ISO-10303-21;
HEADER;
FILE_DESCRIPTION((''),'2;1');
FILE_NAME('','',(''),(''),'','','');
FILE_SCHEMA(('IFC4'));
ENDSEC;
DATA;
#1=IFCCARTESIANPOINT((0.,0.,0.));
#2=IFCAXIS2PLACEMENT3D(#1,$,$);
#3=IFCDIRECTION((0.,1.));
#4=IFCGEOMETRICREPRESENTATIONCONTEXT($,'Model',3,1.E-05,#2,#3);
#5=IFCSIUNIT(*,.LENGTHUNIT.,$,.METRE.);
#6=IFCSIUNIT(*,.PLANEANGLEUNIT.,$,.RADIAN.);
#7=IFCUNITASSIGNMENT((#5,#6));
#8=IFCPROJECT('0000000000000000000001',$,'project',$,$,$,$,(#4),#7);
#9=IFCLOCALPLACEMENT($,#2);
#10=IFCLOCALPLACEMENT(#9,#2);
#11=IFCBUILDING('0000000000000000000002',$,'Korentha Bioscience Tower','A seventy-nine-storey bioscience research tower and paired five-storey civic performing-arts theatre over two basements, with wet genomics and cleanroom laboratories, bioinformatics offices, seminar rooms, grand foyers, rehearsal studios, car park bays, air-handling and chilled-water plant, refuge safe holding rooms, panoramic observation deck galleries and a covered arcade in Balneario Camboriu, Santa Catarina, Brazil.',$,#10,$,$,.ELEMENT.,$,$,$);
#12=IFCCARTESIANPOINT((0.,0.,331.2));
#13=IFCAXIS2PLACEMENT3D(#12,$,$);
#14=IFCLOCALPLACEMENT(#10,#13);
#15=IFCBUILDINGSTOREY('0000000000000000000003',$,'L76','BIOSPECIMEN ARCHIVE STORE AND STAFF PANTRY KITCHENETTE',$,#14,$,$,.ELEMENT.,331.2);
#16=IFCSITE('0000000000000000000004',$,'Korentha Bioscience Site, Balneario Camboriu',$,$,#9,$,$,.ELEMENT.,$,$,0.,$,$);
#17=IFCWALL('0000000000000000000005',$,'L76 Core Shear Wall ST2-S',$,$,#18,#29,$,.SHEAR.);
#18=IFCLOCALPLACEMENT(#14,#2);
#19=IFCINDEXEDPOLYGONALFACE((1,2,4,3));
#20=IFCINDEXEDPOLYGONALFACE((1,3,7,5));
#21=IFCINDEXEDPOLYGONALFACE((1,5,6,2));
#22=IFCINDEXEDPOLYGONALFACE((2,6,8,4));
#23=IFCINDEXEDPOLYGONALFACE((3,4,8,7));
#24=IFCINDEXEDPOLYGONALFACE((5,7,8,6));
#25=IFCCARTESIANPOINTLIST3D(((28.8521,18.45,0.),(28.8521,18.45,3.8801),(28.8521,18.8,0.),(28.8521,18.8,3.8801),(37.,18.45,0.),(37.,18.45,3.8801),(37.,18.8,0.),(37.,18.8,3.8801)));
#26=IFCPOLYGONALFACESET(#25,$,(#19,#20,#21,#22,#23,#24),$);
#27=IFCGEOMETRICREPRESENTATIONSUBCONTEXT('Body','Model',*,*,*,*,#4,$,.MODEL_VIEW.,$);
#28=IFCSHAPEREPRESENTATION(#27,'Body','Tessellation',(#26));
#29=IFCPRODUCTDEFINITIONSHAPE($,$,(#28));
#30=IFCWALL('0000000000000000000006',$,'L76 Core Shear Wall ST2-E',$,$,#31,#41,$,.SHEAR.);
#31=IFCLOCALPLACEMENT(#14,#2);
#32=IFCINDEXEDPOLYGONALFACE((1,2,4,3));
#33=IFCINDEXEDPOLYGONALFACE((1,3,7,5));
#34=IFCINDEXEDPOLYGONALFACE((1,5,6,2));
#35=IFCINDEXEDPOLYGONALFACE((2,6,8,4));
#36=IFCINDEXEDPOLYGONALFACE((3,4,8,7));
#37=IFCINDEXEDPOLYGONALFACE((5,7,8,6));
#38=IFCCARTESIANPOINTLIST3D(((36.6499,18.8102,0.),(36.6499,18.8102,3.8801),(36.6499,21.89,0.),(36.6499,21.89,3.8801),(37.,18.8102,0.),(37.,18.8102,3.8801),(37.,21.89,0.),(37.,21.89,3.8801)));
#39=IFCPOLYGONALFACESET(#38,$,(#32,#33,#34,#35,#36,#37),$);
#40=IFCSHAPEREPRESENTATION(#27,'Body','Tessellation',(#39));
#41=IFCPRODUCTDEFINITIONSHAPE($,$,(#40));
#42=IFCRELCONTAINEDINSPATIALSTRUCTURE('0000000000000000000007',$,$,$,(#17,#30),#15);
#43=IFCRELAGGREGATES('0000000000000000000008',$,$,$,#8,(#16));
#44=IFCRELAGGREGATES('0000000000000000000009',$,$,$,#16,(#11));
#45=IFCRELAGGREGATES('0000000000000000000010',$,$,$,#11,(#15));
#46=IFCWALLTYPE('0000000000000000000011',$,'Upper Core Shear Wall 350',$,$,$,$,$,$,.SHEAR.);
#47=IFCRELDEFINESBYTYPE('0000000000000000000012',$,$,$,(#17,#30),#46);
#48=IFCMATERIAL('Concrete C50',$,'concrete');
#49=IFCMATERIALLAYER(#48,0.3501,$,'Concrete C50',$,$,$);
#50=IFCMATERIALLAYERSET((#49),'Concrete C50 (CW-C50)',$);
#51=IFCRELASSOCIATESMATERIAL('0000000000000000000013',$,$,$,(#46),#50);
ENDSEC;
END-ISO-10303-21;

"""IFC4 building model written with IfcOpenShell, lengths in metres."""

from ifc_helpers import new_model, si_unit, direction, frame, frame_2d, origin, place, context, subcontext, project, spatial, rectangle, extrude, material, layer, layer_set, type_object, element, save


model = new_model("IFC4")

# Units and contexts
model_context = context("Model", 3, precision=1e-05, world=origin(), true_north=direction((0.0, 1.0)))
body_context = subcontext(model_context, "Body", "Model", "MODEL_VIEW")
ifc_project = project(units=[si_unit("LENGTHUNIT", "METRE"), si_unit("PLANEANGLEUNIT", "RADIAN")], contexts=[model_context])

# Site, building, storey
site_placement = place(None, origin())
site = spatial("IfcSite", under=ifc_project, at=site_placement, Name="Korentha Bioscience Site, Balneario Camboriu", CompositionType="ELEMENT", RefElevation=0.0)
building_placement = place(site_placement, origin())
building = spatial("IfcBuilding", under=site, at=building_placement, Name="Korentha Bioscience Tower", Description="A seventy-nine-storey bioscience research tower and paired five-storey civic performing-arts theatre over two basements, with wet genomics and cleanroom laboratories, bioinformatics offices, seminar rooms, grand foyers, rehearsal studios, car park bays, air-handling and chilled-water plant, refuge safe holding rooms, panoramic observation deck galleries and a covered arcade in Balneario Camboriu, Santa Catarina, Brazil.", CompositionType="ELEMENT")
storey_placement = place(building_placement, frame((0.0, 0.0, 331.2)))
storey = spatial("IfcBuildingStorey", under=building, at=storey_placement, Name="L76", Description="BIOSPECIMEN ARCHIVE STORE AND STAFF PANTRY KITCHENETTE", CompositionType="ELEMENT", Elevation=331.2)

# Shared definitions
ifc_material_1 = material(Name="Concrete C50", Category="concrete")

# Walls
ifc_layer_1 = layer(ifc_material_1, 0.3501, Name="Concrete C50")
ifc_layer_set_1 = layer_set([ifc_layer_1], Name="Concrete C50 (CW-C50)")
wall_type_1 = type_object("IfcWallType", Name="Upper Core Shear Wall 350", PredefinedType="SHEAR", material=ifc_layer_set_1)
wall_1_placement = place(storey_placement, frame((28.8521, 18.625, 0.0), z_axis=(0.0, 0.0, 1.0), x_axis=(1.0, 0.0, 0.0)))
element("IfcWall", 1, at=wall_1_placement, inside=storey, type_object=wall_type_1, Name="L76 Core Shear Wall ST2-S", PredefinedType="SHEAR", context=body_context, shape_type="SweptSolid", body=[
    extrude(rectangle(XDim=8.1479, YDim=0.3501, at=frame_2d((4.074, 0.0))), origin(), (0.0, 0.0, 1.0), 3.8801),
])
wall_2_placement = place(storey_placement, frame((36.825, 18.8101, 0.0), z_axis=(0.0, 0.0, 1.0), x_axis=(0.0, 1.0, 0.0)))
element("IfcWall", 2, at=wall_2_placement, inside=storey, type_object=wall_type_1, Name="L76 Core Shear Wall ST2-E", PredefinedType="SHEAR", context=body_context, shape_type="SweptSolid", body=[
    extrude(rectangle(XDim=3.0798, YDim=0.3501, at=frame_2d((1.54, 0.0))), origin(), (0.0, 0.0, 1.0), 3.8801),
])

save(model, "model.ifc")
